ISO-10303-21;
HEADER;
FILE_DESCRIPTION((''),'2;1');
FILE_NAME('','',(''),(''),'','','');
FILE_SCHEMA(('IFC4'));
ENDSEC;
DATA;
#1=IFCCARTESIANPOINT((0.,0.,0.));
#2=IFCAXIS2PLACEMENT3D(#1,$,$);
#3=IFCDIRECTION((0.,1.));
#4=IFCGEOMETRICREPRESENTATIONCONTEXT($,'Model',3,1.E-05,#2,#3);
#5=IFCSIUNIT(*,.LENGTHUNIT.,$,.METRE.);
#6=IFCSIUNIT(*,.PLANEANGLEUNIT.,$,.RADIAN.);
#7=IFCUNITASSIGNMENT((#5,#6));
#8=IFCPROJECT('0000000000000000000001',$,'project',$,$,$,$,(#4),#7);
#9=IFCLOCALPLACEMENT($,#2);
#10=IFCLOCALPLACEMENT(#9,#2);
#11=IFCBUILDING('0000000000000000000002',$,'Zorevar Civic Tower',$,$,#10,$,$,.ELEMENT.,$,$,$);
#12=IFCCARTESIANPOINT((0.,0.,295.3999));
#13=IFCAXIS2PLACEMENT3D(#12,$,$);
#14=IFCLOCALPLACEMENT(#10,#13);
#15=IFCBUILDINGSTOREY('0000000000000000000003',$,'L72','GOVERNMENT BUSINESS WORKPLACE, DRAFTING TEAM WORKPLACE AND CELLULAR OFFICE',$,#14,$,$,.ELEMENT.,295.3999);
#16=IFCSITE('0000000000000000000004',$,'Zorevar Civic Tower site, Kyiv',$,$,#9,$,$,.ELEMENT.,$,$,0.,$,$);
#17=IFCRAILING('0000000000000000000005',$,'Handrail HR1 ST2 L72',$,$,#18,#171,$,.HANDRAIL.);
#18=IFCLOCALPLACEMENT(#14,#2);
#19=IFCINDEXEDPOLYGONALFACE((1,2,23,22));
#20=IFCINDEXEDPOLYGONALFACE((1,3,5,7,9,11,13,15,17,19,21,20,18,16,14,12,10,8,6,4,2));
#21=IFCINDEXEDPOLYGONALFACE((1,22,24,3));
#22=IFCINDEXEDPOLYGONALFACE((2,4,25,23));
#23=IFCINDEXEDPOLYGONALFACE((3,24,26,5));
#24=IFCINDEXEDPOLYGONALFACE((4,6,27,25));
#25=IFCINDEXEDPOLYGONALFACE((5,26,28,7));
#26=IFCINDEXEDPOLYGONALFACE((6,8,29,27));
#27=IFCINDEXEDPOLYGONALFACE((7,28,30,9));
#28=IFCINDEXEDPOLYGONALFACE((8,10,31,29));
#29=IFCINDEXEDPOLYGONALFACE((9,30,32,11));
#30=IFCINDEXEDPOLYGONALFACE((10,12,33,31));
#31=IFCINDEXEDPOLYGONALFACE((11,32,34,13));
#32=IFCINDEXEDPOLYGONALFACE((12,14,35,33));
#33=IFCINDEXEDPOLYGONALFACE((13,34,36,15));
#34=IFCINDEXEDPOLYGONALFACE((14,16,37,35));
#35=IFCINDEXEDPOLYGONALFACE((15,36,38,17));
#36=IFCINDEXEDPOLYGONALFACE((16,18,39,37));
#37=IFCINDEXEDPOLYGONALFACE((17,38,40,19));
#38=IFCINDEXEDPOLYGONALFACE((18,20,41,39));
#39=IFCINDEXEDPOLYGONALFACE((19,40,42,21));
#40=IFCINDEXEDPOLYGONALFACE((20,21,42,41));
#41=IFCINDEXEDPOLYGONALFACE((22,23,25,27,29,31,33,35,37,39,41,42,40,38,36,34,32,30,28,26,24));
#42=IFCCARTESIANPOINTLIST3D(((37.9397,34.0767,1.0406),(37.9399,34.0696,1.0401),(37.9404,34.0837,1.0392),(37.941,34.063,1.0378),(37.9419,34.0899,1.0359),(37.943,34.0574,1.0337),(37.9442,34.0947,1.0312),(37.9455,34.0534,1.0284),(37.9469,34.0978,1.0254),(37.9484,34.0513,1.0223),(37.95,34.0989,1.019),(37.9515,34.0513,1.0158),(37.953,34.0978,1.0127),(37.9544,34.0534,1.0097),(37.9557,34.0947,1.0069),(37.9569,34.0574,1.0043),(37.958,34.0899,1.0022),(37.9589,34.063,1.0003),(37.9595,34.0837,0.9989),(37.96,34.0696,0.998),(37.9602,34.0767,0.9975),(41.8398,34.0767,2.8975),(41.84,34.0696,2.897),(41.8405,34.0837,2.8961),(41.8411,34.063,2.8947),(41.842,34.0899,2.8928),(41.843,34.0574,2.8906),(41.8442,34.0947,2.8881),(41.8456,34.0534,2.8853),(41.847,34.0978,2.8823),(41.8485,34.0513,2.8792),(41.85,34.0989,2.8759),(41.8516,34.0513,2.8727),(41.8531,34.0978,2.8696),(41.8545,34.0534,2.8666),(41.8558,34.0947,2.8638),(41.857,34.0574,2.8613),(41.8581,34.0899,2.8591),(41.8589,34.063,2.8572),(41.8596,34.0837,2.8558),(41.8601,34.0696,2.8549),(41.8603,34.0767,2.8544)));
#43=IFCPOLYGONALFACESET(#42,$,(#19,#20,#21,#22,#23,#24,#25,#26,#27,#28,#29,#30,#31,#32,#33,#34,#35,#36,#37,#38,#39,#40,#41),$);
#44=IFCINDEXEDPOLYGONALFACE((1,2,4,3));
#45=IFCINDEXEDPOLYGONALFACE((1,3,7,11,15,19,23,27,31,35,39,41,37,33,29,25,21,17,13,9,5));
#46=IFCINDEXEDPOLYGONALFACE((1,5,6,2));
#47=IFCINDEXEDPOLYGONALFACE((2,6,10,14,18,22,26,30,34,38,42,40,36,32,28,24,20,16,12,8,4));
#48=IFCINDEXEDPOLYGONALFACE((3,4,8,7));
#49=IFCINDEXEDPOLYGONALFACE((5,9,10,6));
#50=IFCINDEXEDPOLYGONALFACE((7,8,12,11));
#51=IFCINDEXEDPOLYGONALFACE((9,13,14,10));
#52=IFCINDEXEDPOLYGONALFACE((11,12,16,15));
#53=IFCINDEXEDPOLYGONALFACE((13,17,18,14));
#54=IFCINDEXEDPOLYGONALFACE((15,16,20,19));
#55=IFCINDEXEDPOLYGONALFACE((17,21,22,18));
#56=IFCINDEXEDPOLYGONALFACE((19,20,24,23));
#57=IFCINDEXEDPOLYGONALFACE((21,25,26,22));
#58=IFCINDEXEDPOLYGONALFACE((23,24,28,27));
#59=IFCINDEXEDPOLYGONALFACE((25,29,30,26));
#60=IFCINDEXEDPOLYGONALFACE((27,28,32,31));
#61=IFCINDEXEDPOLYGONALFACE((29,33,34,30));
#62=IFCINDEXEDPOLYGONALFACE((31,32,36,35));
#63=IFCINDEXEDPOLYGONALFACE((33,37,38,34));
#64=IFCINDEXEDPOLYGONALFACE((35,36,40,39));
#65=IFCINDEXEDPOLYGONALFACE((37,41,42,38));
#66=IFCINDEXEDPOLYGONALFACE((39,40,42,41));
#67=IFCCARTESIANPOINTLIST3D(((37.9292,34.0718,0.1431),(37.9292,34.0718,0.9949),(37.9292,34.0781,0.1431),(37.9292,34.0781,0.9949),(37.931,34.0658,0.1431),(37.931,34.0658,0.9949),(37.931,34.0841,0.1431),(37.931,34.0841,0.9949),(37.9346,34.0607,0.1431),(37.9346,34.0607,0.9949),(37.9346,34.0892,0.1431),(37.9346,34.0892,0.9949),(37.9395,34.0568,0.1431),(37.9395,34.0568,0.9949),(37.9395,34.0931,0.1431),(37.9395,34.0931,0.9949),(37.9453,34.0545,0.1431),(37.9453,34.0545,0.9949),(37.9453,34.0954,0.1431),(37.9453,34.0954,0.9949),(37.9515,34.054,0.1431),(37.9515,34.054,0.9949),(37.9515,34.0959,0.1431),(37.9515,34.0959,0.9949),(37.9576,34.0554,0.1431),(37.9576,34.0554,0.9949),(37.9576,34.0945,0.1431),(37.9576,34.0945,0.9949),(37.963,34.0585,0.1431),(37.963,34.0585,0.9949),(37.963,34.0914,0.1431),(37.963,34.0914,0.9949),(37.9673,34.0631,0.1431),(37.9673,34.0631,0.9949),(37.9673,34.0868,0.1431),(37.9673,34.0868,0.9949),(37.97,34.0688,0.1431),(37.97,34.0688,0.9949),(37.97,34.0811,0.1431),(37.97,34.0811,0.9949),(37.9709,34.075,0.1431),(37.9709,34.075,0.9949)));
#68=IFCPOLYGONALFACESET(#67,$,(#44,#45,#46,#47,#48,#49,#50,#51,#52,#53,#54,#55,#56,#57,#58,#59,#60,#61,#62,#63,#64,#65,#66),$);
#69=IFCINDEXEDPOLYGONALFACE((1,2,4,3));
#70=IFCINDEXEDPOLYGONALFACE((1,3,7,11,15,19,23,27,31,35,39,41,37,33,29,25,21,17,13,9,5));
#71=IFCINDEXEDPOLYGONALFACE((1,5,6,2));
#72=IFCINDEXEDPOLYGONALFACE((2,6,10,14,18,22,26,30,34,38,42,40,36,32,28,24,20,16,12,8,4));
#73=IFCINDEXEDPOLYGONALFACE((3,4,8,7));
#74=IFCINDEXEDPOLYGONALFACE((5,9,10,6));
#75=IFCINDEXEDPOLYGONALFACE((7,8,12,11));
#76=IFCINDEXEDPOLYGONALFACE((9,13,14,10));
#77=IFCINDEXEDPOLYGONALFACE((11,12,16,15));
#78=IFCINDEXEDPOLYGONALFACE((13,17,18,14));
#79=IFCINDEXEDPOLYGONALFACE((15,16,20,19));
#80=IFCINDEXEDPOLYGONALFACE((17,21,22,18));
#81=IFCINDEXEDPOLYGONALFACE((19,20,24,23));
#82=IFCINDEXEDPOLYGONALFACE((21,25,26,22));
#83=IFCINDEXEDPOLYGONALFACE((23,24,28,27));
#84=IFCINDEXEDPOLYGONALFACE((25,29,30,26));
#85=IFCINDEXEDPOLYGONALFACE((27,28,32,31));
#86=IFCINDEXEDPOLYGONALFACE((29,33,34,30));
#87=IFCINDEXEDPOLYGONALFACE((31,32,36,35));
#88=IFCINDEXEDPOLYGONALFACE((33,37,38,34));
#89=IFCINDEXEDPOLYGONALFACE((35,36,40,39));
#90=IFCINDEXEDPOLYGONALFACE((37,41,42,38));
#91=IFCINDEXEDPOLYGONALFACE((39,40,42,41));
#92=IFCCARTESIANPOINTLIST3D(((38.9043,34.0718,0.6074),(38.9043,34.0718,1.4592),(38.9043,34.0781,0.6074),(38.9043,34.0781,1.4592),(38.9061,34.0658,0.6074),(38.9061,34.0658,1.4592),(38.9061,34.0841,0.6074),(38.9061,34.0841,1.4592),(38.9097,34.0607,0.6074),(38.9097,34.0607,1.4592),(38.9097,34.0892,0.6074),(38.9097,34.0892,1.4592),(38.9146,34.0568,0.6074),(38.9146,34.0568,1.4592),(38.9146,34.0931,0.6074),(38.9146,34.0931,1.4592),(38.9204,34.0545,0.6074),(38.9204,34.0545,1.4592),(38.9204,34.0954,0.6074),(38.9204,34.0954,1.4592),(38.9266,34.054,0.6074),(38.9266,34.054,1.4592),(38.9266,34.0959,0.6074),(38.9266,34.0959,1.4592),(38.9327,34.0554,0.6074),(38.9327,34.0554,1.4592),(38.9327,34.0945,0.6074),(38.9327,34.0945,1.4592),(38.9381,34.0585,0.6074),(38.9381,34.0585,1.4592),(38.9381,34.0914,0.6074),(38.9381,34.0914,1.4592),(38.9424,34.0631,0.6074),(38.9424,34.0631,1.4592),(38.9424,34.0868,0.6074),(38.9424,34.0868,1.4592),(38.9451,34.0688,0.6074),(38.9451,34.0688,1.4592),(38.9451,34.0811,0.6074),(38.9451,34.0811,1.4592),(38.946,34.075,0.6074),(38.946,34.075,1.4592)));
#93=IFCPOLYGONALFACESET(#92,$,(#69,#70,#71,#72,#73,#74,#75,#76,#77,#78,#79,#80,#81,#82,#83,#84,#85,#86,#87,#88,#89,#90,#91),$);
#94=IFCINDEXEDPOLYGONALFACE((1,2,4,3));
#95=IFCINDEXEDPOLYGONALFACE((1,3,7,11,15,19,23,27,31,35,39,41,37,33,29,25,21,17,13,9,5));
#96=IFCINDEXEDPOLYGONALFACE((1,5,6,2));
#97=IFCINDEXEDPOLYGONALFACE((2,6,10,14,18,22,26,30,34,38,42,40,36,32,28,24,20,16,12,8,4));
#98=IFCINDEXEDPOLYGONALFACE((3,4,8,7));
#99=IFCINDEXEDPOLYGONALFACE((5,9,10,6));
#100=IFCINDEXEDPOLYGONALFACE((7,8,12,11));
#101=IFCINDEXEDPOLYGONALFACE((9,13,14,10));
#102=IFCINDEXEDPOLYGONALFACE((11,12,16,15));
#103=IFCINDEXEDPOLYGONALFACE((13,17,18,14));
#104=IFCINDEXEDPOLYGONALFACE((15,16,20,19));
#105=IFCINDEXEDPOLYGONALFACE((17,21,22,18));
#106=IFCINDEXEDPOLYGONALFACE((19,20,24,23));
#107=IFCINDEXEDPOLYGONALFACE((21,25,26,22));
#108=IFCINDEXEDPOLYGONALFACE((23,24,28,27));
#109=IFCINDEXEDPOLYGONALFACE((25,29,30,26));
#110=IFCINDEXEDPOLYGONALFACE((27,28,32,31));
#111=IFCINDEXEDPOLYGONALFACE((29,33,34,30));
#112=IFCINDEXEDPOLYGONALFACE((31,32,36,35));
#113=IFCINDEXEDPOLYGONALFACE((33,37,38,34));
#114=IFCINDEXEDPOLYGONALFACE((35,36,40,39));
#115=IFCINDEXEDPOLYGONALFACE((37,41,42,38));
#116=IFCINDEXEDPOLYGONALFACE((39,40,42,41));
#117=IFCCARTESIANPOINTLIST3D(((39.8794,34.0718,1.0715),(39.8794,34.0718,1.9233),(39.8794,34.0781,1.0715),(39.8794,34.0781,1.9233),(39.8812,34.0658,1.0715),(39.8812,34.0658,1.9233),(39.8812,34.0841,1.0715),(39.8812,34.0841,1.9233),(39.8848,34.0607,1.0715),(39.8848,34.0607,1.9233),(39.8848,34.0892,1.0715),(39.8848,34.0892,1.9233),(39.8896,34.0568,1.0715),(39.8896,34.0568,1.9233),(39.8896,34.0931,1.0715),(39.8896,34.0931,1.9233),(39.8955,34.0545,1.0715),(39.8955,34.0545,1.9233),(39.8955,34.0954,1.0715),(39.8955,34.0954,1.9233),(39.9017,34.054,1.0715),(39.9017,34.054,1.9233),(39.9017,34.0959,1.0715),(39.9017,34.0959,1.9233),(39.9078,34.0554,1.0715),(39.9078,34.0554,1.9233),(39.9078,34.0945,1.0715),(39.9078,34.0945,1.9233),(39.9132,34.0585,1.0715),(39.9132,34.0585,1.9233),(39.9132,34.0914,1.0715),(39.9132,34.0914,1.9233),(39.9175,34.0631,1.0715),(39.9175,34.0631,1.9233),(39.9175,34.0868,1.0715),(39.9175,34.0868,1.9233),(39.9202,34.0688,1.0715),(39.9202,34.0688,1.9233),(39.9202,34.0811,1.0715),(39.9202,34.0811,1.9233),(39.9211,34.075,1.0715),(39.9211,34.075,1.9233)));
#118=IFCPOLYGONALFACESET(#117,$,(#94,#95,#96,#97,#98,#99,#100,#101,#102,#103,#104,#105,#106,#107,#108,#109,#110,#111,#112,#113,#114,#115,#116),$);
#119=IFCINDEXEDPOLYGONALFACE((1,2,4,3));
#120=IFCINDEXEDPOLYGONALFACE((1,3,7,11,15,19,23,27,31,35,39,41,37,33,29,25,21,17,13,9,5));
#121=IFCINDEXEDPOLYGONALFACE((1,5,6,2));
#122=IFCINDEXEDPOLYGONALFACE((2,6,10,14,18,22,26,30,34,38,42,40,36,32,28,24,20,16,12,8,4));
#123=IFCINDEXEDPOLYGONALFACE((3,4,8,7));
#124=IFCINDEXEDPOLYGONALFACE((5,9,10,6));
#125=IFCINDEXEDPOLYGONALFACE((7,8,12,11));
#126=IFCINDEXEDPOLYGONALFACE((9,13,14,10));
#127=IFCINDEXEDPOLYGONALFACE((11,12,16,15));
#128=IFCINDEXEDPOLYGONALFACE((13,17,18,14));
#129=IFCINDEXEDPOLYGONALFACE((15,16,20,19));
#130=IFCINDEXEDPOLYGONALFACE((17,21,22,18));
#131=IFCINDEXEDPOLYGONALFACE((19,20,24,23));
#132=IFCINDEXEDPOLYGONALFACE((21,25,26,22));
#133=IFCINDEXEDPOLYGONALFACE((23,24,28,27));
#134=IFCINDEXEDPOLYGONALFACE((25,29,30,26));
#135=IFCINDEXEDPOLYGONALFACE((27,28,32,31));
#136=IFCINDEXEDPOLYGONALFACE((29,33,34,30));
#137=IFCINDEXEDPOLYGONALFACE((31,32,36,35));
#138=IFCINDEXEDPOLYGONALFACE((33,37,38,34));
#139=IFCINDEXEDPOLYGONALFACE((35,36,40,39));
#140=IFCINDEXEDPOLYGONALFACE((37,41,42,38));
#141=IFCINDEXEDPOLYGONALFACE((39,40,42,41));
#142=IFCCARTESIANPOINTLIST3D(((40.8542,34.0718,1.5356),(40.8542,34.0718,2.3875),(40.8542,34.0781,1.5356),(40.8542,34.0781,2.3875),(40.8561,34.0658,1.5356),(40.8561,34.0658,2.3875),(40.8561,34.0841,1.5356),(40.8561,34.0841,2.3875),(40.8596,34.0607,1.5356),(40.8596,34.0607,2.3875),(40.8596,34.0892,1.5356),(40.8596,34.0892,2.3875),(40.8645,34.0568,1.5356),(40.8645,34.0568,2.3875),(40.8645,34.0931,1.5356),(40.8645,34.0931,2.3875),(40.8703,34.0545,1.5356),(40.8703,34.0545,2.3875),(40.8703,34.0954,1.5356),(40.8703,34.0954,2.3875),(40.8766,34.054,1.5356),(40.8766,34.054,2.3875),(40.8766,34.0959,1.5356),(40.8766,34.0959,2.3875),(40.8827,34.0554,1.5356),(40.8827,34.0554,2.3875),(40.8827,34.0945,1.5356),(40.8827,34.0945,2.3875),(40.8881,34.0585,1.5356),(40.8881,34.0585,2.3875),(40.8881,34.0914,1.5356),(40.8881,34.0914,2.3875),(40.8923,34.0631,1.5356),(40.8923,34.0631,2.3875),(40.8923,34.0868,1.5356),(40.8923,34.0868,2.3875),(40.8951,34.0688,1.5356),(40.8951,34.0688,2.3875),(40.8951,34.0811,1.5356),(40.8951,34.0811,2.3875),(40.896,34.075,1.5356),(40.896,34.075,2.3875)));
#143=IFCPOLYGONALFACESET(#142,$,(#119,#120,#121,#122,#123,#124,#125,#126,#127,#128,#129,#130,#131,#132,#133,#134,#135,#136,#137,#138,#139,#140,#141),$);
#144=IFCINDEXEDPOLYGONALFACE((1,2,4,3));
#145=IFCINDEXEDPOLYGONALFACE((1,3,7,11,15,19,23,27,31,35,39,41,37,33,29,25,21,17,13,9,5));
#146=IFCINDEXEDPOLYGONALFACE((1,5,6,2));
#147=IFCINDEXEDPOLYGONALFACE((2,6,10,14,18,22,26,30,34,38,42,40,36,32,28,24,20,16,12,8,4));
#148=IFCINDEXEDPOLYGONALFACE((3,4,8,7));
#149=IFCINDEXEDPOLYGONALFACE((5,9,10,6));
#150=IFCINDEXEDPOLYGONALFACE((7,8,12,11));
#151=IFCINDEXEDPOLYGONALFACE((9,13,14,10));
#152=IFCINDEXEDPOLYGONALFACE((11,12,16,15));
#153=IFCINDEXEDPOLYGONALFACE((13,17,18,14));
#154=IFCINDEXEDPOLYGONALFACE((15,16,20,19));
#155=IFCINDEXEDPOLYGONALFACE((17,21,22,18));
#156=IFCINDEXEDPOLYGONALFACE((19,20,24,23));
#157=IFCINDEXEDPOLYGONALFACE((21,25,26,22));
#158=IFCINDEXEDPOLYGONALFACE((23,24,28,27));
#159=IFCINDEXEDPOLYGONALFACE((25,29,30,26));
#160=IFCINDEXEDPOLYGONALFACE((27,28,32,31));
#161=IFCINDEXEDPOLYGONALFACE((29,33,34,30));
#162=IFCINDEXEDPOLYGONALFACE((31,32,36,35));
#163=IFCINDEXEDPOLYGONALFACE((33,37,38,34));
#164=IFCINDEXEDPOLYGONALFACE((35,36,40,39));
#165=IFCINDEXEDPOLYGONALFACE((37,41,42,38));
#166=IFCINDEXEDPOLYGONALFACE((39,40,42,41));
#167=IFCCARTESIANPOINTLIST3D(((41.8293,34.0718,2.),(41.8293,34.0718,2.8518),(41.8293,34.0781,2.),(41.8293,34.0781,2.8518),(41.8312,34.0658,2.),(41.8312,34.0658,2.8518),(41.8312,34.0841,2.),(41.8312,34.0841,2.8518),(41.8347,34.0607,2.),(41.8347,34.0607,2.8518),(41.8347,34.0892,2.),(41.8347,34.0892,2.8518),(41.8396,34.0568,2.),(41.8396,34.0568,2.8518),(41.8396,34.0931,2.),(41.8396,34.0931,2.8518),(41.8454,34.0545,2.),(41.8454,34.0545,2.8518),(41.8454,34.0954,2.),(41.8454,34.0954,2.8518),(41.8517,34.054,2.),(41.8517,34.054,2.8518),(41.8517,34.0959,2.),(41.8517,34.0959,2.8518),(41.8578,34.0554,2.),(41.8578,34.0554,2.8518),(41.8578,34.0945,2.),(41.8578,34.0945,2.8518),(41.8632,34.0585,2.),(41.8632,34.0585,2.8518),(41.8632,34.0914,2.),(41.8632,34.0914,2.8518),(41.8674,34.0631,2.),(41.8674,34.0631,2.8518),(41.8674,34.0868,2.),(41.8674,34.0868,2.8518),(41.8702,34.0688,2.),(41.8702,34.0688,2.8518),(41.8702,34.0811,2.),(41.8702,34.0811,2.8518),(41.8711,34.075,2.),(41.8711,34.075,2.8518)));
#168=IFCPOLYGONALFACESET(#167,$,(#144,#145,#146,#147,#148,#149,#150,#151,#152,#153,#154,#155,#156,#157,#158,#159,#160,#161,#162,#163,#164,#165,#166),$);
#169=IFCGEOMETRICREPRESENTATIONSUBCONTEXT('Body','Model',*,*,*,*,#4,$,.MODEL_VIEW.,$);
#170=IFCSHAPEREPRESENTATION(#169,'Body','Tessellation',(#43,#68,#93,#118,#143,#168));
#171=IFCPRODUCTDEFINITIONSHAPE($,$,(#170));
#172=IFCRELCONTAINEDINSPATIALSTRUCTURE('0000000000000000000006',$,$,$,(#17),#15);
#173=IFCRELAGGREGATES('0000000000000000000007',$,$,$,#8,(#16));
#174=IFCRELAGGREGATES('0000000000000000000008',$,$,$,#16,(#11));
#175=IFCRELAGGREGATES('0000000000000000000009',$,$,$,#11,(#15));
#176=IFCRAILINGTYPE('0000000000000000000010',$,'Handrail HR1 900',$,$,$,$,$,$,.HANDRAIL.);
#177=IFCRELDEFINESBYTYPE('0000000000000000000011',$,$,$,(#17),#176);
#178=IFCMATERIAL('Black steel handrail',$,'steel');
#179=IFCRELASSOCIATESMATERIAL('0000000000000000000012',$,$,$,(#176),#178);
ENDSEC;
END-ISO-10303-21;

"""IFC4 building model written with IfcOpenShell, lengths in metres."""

from ifc_helpers import new_model, si_unit, direction, frame, origin, origin_2d, place, context, subcontext, project, spatial, circle, extrude, material, type_object, element, save


model = new_model("IFC4")

# Units and contexts
model_context = context("Model", 3, precision=1e-05, world=origin(), true_north=direction((0.0, 1.0)))
body_context = subcontext(model_context, "Body", "Model", "MODEL_VIEW")
ifc_project = project(units=[si_unit("LENGTHUNIT", "METRE"), si_unit("PLANEANGLEUNIT", "RADIAN")], contexts=[model_context])

# Site, building, storey
site_placement = place(None, origin())
site = spatial("IfcSite", under=ifc_project, at=site_placement, Name="Zorevar Civic Tower site, Kyiv", CompositionType="ELEMENT", RefElevation=0.0)
building_placement = place(site_placement, origin())
building = spatial("IfcBuilding", under=site, at=building_placement, Name="Zorevar Civic Tower", CompositionType="ELEMENT")
storey_placement = place(building_placement, frame((0.0, 0.0, 295.3999)))
storey = spatial("IfcBuildingStorey", under=building, at=storey_placement, Name="L72", Description="GOVERNMENT BUSINESS WORKPLACE, DRAFTING TEAM WORKPLACE AND CELLULAR OFFICE", CompositionType="ELEMENT", Elevation=295.3999)

# Railing
ifc_material_1 = material(Name="Black steel handrail", Category="steel")
railing_type = type_object("IfcRailingType", Name="Handrail HR1 900", PredefinedType="HANDRAIL", material=ifc_material_1)
railing_1_placement = place(storey_placement, frame((37.95, 34.075, 0.1431)))
element("IfcRailing", 1, at=railing_1_placement, inside=storey, type_object=railing_type, Name="Handrail HR1 ST2 L72", PredefinedType="HANDRAIL", context=body_context, shape_type="SweptSolid", body=[
    extrude(circle(Radius=0.0239, at=origin_2d()), frame((0.0, 0.0, 0.876), z_axis=(0.902886, 0.0, 0.429881), x_axis=(0.0, 1.0, 0.0)), (0.0, 0.0, 1.0), 4.3196),
    extrude(circle(Radius=0.021, at=origin_2d()), origin(), (0.0, 0.0, 1.0), 0.8518),
    extrude(circle(Radius=0.021, at=origin_2d()), frame((0.9751, 0.0, 0.4644)), (0.0, 0.0, 1.0), 0.8518),
    extrude(circle(Radius=0.021, at=origin_2d()), frame((1.9502, 0.0, 0.9285)), (0.0, 0.0, 1.0), 0.8518),
    extrude(circle(Radius=0.021, at=origin_2d()), frame((2.925, 0.0, 1.3926)), (0.0, 0.0, 1.0), 0.8518),
    extrude(circle(Radius=0.021, at=origin_2d()), frame((3.9001, 0.0, 1.8569)), (0.0, 0.0, 1.0), 0.8518),
])

save(model, "model.ifc")
